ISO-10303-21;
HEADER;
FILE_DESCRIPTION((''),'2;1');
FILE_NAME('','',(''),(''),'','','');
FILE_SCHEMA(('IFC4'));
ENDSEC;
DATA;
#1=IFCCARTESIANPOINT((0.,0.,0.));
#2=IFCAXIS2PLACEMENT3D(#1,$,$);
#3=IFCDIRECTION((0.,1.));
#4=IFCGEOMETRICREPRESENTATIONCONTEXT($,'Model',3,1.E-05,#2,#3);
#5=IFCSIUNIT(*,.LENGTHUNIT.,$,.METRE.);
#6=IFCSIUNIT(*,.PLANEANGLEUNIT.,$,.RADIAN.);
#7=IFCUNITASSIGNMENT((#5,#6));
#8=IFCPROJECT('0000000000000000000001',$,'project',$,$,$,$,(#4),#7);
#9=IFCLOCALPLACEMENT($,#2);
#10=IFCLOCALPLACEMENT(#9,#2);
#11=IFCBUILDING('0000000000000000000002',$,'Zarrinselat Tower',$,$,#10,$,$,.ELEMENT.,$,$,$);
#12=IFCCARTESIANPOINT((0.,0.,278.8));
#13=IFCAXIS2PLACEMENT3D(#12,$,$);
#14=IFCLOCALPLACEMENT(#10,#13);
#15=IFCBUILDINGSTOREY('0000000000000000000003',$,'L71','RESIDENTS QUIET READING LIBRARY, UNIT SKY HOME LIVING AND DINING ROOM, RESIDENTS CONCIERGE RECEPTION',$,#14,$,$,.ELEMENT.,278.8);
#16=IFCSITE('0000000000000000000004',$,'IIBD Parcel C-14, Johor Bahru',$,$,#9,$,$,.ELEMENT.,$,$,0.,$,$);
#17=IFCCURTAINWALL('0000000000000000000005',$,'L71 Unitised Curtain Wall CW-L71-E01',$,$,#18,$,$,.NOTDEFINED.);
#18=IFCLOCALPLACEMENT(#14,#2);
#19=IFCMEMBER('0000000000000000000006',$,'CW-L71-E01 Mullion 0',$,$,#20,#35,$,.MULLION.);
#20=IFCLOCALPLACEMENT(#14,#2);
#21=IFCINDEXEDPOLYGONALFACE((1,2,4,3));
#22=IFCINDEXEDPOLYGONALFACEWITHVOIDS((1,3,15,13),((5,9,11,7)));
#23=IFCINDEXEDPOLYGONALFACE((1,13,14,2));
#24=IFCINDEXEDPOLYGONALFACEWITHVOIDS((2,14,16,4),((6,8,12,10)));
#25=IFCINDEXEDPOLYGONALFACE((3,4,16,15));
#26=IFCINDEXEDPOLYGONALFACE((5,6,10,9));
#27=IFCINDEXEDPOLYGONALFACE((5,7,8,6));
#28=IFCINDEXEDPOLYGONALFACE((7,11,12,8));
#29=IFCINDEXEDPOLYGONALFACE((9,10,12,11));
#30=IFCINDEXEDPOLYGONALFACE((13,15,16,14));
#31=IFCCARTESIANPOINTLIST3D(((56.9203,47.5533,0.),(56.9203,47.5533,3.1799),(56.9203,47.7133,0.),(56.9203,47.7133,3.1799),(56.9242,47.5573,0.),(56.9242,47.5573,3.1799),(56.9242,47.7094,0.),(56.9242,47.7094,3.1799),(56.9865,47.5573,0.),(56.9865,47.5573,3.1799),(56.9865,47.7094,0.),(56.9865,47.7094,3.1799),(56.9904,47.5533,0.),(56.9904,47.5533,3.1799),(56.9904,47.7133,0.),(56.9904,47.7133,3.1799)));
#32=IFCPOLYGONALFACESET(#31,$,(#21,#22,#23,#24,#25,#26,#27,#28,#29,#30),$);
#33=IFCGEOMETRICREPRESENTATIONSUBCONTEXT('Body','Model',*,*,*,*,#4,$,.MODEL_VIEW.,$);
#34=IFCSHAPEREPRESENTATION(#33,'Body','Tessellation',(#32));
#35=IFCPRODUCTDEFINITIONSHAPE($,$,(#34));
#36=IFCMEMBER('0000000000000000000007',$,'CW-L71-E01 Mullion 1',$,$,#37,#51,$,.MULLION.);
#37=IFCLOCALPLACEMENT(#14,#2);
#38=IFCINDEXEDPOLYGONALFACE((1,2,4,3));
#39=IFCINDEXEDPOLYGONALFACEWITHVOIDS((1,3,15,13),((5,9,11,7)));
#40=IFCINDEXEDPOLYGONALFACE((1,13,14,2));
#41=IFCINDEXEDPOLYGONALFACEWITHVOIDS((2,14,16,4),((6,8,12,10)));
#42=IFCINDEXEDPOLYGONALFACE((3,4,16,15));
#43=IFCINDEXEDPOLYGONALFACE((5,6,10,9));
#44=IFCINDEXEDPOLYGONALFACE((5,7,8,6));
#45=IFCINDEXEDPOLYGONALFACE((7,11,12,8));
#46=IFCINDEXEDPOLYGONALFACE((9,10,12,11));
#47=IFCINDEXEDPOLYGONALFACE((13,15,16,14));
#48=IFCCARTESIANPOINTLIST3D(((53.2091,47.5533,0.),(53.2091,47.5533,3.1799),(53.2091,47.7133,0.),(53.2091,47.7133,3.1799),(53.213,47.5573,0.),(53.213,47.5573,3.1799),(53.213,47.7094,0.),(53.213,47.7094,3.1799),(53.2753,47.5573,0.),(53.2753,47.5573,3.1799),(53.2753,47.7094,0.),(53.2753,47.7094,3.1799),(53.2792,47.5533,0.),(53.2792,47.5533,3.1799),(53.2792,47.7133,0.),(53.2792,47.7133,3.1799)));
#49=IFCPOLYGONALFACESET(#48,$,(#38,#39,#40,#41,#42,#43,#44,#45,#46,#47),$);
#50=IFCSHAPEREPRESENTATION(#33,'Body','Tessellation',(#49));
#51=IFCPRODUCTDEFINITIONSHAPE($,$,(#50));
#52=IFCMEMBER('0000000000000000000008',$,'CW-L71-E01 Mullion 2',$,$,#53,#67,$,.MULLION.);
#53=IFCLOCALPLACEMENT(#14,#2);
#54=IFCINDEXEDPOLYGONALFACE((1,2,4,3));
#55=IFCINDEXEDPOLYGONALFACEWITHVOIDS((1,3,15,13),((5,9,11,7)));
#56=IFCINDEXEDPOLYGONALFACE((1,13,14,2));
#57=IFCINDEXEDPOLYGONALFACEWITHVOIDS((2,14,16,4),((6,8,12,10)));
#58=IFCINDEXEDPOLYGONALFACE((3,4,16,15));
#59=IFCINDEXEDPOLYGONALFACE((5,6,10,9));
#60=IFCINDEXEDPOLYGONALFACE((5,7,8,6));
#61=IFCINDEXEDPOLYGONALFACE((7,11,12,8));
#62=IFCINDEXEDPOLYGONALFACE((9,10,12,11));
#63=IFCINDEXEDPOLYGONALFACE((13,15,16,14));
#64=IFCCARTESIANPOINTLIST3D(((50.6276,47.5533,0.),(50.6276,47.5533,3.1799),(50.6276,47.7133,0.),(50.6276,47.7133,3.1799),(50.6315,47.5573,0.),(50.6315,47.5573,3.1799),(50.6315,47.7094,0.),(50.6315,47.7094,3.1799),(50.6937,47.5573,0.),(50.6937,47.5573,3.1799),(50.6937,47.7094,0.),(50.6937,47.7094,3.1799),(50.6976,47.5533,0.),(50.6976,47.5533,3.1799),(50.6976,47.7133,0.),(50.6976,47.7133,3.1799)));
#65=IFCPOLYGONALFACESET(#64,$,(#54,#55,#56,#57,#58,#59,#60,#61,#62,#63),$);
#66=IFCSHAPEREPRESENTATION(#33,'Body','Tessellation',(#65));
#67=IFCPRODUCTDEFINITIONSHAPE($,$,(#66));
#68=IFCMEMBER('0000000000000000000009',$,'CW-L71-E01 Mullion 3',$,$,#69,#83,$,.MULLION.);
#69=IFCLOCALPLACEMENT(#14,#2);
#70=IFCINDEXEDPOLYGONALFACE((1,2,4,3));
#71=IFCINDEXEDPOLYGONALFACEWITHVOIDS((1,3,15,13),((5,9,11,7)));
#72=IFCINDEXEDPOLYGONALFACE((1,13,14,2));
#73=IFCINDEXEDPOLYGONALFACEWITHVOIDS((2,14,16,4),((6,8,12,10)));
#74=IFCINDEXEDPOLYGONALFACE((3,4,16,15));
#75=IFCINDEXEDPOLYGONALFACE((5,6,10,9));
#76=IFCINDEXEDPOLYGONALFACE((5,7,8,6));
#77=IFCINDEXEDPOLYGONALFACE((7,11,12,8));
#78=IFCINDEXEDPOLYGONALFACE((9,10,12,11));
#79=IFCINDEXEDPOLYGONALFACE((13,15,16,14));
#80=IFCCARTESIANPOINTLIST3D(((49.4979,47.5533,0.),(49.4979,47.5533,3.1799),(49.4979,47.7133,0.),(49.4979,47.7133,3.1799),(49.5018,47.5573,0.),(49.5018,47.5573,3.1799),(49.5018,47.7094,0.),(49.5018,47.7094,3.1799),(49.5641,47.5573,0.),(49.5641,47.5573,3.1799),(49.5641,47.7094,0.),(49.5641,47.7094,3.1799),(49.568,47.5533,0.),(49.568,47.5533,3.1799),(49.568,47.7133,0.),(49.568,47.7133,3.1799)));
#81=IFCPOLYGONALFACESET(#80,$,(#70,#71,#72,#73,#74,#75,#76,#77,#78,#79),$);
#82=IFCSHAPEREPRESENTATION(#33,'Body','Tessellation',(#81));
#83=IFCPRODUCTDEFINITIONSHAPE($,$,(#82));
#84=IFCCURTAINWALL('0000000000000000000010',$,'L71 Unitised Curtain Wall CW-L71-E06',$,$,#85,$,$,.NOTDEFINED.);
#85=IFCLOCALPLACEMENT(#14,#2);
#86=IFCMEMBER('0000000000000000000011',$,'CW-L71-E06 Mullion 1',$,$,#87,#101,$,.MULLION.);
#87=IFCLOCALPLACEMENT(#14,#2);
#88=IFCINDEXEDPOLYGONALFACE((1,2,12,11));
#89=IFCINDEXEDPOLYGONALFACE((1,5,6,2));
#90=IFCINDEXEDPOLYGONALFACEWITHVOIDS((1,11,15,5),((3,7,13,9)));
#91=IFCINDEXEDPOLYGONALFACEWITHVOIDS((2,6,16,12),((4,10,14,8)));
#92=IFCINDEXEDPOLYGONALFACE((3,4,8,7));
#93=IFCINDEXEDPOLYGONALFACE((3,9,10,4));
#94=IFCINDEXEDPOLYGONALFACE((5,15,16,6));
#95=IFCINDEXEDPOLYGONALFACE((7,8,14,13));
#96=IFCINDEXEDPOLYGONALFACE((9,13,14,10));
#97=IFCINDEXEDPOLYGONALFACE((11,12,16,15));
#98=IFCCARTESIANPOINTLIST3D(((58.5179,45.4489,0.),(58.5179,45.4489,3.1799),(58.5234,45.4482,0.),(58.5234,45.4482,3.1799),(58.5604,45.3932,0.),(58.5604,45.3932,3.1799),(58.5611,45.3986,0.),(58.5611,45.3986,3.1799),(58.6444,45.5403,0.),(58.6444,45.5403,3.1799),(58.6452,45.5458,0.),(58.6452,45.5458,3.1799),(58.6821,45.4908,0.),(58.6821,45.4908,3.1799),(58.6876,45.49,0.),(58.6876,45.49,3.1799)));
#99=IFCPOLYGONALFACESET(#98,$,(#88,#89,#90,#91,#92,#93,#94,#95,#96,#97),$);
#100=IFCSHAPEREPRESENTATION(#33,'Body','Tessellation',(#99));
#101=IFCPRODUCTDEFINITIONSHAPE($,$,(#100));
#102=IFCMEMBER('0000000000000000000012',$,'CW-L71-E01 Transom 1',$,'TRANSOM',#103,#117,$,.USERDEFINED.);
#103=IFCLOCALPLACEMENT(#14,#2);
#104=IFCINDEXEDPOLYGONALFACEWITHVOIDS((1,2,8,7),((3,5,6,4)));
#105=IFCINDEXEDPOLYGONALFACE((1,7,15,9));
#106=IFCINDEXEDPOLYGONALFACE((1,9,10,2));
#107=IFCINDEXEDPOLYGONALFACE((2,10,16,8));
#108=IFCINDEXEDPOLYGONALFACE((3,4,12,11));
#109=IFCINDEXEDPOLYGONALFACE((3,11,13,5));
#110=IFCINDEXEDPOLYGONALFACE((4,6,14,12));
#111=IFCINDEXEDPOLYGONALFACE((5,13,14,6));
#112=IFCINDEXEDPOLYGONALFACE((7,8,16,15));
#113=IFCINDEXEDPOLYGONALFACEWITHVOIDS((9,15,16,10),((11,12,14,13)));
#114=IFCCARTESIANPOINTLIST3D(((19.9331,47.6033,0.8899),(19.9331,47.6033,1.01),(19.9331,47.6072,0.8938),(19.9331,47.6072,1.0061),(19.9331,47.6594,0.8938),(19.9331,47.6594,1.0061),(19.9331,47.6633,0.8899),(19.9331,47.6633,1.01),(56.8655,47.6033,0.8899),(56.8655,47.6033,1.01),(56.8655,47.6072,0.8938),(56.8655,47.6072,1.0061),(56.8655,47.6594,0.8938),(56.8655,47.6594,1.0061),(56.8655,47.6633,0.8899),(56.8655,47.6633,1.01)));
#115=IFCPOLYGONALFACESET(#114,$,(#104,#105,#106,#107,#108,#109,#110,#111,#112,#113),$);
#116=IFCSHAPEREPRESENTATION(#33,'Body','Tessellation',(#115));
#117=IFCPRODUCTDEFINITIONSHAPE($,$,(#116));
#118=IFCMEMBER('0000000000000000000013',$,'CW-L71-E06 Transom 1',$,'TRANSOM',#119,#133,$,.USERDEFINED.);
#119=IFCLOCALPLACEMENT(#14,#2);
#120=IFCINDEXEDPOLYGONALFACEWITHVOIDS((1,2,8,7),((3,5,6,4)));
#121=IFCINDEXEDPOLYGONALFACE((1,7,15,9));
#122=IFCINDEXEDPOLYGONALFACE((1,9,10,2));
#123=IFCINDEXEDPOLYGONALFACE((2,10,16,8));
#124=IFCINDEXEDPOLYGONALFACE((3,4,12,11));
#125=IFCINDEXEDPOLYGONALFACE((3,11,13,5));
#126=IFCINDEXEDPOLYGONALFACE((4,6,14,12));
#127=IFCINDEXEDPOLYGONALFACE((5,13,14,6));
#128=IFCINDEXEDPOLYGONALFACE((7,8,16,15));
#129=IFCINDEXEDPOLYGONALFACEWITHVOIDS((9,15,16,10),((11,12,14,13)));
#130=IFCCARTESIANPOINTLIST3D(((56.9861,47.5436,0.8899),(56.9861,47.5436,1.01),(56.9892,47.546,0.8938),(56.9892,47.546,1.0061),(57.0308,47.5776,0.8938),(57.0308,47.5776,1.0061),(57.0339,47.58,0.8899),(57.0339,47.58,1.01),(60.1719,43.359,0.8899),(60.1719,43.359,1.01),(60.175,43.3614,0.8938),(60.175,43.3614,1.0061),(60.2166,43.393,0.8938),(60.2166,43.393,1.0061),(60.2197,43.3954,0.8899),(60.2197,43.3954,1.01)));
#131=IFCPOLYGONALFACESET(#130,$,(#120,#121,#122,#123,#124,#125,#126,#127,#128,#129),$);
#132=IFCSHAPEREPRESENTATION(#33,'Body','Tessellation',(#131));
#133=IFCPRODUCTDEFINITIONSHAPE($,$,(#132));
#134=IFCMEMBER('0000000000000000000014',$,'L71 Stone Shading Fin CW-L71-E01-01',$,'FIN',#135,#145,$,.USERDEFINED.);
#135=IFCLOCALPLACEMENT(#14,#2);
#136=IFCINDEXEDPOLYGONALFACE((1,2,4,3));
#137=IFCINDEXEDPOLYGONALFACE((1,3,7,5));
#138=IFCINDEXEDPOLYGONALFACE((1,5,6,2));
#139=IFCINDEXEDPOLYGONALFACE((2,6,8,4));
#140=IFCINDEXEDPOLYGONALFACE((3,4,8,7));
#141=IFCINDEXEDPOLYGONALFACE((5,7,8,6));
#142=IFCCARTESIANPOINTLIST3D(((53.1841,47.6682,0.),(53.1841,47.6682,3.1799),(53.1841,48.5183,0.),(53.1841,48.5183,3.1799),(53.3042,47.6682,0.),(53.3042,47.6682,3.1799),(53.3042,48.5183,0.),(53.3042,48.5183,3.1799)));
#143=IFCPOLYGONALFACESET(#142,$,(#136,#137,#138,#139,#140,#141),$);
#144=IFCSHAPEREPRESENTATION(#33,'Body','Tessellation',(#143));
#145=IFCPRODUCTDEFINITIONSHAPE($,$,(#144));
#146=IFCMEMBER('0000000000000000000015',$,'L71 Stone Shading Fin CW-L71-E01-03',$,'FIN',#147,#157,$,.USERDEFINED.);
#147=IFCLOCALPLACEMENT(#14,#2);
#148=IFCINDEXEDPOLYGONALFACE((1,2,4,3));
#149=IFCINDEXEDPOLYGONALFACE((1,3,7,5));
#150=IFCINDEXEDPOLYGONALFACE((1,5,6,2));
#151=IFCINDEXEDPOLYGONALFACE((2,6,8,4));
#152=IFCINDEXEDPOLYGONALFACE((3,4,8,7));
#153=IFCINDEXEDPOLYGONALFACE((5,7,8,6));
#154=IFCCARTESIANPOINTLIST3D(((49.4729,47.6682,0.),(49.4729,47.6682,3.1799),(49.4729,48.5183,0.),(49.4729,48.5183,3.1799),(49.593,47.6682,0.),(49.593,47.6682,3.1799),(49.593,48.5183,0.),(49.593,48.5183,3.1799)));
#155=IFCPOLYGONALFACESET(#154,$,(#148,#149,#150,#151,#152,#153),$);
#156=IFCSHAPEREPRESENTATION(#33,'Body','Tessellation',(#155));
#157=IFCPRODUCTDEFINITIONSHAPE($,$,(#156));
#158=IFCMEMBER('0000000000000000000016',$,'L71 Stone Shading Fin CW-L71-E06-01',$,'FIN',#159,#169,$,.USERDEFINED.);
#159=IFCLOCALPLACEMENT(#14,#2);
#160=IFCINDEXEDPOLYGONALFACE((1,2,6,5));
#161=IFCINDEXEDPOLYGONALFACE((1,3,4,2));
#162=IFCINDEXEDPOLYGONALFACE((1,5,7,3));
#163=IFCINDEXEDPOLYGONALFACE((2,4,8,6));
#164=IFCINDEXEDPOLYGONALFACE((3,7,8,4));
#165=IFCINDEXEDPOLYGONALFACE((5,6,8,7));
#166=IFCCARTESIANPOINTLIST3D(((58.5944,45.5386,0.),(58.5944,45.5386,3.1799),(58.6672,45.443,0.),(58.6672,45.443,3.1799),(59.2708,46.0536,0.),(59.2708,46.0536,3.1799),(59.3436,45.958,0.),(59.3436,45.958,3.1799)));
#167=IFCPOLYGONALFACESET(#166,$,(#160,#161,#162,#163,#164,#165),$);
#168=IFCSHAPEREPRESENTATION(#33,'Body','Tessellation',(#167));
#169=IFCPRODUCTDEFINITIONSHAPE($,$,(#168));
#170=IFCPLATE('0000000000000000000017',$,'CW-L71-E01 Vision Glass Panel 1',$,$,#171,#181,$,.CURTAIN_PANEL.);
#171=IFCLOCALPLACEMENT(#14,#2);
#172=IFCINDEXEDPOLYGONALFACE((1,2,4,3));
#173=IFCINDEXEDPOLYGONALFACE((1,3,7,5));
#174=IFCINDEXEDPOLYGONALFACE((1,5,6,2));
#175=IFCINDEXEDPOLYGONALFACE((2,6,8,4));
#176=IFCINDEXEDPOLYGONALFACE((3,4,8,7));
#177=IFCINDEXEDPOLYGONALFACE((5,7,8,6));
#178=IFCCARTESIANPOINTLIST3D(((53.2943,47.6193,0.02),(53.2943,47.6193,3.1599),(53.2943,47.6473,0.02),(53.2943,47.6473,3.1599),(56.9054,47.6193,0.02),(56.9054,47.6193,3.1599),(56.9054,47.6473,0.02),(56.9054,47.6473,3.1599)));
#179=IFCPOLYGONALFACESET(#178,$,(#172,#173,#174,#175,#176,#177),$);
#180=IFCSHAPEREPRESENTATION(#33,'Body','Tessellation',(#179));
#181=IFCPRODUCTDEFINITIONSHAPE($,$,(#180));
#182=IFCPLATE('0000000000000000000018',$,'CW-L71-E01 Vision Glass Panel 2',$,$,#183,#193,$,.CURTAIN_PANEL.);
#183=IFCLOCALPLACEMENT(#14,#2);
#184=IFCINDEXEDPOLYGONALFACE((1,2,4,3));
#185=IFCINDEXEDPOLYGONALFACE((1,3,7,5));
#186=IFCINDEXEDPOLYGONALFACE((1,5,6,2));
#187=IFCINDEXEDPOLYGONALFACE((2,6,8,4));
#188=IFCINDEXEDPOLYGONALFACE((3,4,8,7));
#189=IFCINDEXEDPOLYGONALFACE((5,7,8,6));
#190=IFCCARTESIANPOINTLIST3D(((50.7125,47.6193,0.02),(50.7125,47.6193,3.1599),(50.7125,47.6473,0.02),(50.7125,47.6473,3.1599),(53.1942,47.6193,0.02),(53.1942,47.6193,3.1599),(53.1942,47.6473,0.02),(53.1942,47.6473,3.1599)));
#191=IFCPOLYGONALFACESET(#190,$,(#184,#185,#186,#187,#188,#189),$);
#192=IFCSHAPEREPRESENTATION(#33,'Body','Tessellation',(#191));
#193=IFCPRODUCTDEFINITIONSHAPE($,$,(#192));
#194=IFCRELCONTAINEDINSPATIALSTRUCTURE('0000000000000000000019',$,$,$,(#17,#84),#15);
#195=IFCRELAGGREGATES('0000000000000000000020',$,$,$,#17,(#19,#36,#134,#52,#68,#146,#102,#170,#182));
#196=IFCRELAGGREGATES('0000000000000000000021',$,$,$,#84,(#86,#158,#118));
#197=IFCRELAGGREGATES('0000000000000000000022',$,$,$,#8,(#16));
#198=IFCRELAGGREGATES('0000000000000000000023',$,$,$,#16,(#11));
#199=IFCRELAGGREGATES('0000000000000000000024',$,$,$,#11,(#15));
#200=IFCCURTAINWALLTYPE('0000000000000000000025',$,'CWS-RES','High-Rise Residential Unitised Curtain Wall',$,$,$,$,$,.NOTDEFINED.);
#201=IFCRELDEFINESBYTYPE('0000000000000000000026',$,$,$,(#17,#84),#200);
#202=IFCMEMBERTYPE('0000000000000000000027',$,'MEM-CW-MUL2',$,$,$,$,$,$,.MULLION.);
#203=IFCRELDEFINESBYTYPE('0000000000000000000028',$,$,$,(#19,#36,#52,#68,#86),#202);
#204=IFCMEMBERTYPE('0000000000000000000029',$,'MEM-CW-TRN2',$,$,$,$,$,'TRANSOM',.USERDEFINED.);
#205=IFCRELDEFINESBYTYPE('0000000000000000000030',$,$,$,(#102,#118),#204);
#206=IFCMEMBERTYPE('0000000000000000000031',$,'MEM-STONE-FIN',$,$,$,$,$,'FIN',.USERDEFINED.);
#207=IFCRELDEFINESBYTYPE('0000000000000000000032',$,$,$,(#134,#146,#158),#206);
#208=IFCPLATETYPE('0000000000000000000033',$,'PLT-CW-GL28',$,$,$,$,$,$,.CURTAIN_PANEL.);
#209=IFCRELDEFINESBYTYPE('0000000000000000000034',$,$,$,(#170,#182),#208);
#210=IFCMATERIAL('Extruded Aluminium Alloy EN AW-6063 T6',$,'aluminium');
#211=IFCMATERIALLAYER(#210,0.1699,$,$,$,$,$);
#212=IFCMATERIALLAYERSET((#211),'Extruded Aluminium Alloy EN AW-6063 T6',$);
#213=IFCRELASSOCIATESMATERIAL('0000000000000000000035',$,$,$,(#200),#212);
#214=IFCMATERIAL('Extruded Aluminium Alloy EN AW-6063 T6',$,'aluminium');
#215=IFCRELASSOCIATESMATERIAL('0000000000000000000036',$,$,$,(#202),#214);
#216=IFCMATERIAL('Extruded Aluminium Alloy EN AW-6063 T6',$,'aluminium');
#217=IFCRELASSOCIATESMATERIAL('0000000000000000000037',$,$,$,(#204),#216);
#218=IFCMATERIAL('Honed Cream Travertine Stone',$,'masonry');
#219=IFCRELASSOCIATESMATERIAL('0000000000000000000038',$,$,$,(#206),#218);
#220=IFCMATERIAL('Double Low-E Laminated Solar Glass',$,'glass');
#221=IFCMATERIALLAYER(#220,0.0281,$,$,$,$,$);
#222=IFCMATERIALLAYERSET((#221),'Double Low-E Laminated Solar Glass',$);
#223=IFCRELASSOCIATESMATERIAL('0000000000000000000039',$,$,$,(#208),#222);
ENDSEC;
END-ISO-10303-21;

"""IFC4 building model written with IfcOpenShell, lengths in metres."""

from ifc_helpers import new_model, si_unit, direction, frame, origin, origin_2d, place, context, subcontext, project, spatial, rectangle, hollow_rectangle, extrude, material, layer, layer_set, material_profile, profile_set, type_object, element, aggregate, save


model = new_model("IFC4")

# Units and contexts
model_context = context("Model", 3, precision=1e-05, world=origin(), true_north=direction((0.0, 1.0)))
body_context = subcontext(model_context, "Body", "Model", "MODEL_VIEW")
ifc_project = project(units=[si_unit("LENGTHUNIT", "METRE"), si_unit("PLANEANGLEUNIT", "RADIAN")], contexts=[model_context])

# Site, building, storey
site_placement = place(None, origin())
site = spatial("IfcSite", under=ifc_project, at=site_placement, Name="IIBD Parcel C-14, Johor Bahru", CompositionType="ELEMENT", RefElevation=0.0)
building_placement = place(site_placement, origin())
building = spatial("IfcBuilding", under=site, at=building_placement, Name="Zarrinselat Tower", CompositionType="ELEMENT")
storey_placement = place(building_placement, frame((0.0, 0.0, 278.8)))
storey = spatial("IfcBuildingStorey", under=building, at=storey_placement, Name="L71", Description="RESIDENTS QUIET READING LIBRARY, UNIT SKY HOME LIVING AND DINING ROOM, RESIDENTS CONCIERGE RECEPTION", CompositionType="ELEMENT", Elevation=278.8)

# Curtain wall, members
ifc_material_1 = material(Name="Extruded Aluminium Alloy EN AW-6063 T6", Category="aluminium")
ifc_layer_1 = layer(ifc_material_1, 0.1699)
ifc_layer_set_1 = layer_set([ifc_layer_1], Name="Extruded Aluminium Alloy EN AW-6063 T6")
curtain_wall_type_1 = type_object("IfcCurtainWallType", Name="CWS-RES", Description="High-Rise Residential Unitised Curtain Wall", PredefinedType="NOTDEFINED", material=ifc_layer_set_1)
curtain_wall_1_placement = place(storey_placement, origin())
curtain_wall_1 = element("IfcCurtainWall", 1, at=curtain_wall_1_placement, inside=storey, type_object=curtain_wall_type_1, Name="L71 Unitised Curtain Wall CW-L71-E01", PredefinedType="NOTDEFINED")
ifc_material_2 = material(Name="Extruded Aluminium Alloy EN AW-6063 T6", Category="aluminium")
ifc_material_profile_1 = material_profile(ifc_material_2, hollow_rectangle(XDim=0.0701, YDim=0.1599, WallThickness=0.0039, at=origin_2d()), Name="RHS 160x70x4")
ifc_profile_set_1 = profile_set([ifc_material_profile_1], Name="Extruded Aluminium Alloy EN AW-6063 T6")
member_type_1 = type_object("IfcMemberType", Name="MEM-CW-MUL2", PredefinedType="MULLION", material=ifc_profile_set_1)
member_1_placement = place(storey_placement, frame((56.9553, 47.6333, 0.0), z_axis=(0.0, 0.0, 1.0), x_axis=(-1.0, 0.0, 0.0)))
member_1 = element("IfcMember", 2, at=member_1_placement, type_object=member_type_1, Name="CW-L71-E01 Mullion 0", PredefinedType="MULLION", context=body_context, shape_type="SweptSolid", body=[
    extrude(hollow_rectangle(XDim=0.0701, YDim=0.1599, WallThickness=0.0039, at=origin_2d()), origin(), (0.0, 0.0, 1.0), 3.1799),
])
member_2_placement = place(storey_placement, frame((53.2441, 47.6333, 0.0), z_axis=(0.0, 0.0, 1.0), x_axis=(-1.0, 0.0, 0.0)))
member_2 = element("IfcMember", 3, at=member_2_placement, type_object=member_type_1, Name="CW-L71-E01 Mullion 1", PredefinedType="MULLION", context=body_context, shape_type="SweptSolid", body=[
    extrude(hollow_rectangle(XDim=0.0701, YDim=0.1599, WallThickness=0.0039, at=origin_2d()), origin(), (0.0, 0.0, 1.0), 3.1799),
])
member_3_placement = place(storey_placement, frame((50.6626, 47.6333, 0.0), z_axis=(0.0, 0.0, 1.0), x_axis=(-1.0, 0.0, 0.0)))
member_3 = element("IfcMember", 4, at=member_3_placement, type_object=member_type_1, Name="CW-L71-E01 Mullion 2", PredefinedType="MULLION", context=body_context, shape_type="SweptSolid", body=[
    extrude(hollow_rectangle(XDim=0.0701, YDim=0.1599, WallThickness=0.0039, at=origin_2d()), origin(), (0.0, 0.0, 1.0), 3.1799),
])
member_4_placement = place(storey_placement, frame((49.533, 47.6333, 0.0), z_axis=(0.0, 0.0, 1.0), x_axis=(-1.0, 0.0, 0.0)))
member_4 = element("IfcMember", 5, at=member_4_placement, type_object=member_type_1, Name="CW-L71-E01 Mullion 3", PredefinedType="MULLION", context=body_context, shape_type="SweptSolid", body=[
    extrude(hollow_rectangle(XDim=0.0701, YDim=0.1599, WallThickness=0.0039, at=origin_2d()), origin(), (0.0, 0.0, 1.0), 3.1799),
])

# Curtain wall, member
curtain_wall_2_placement = place(storey_placement, origin())
curtain_wall_2 = element("IfcCurtainWall", 6, at=curtain_wall_2_placement, inside=storey, type_object=curtain_wall_type_1, Name="L71 Unitised Curtain Wall CW-L71-E06", PredefinedType="NOTDEFINED")
member_5_placement = place(storey_placement, frame((58.6028, 45.4695, 0.0), z_axis=(0.0, 0.0, 1.0), x_axis=(-0.605773, 0.795637, 0.0)))
member_5 = element("IfcMember", 7, at=member_5_placement, type_object=member_type_1, Name="CW-L71-E06 Mullion 1", PredefinedType="MULLION", context=body_context, shape_type="SweptSolid", body=[
    extrude(hollow_rectangle(XDim=0.0701, YDim=0.1599, WallThickness=0.0039, at=origin_2d()), origin(), (0.0, 0.0, 1.0), 3.1799),
])

# Members
ifc_material_3 = material(Name="Extruded Aluminium Alloy EN AW-6063 T6", Category="aluminium")
ifc_material_profile_2 = material_profile(ifc_material_3, hollow_rectangle(XDim=0.0601, YDim=0.1201, WallThickness=0.0039, at=origin_2d()), Name="RHS 120x60x4")
ifc_profile_set_2 = profile_set([ifc_material_profile_2], Name="Extruded Aluminium Alloy EN AW-6063 T6")
member_type_2 = type_object("IfcMemberType", Name="MEM-CW-TRN2", ElementType="TRANSOM", PredefinedType="USERDEFINED", material=ifc_profile_set_2)
member_6_placement = place(storey_placement, frame((56.8655, 47.6333, 0.95), z_axis=(-1.0, 0.0, 0.0), x_axis=(0.0, -1.0, 0.0)))
member_6 = element("IfcMember", 8, at=member_6_placement, type_object=member_type_2, Name="CW-L71-E01 Transom 1", ObjectType="TRANSOM", PredefinedType="USERDEFINED", context=body_context, shape_type="SweptSolid", body=[
    extrude(hollow_rectangle(XDim=0.0601, YDim=0.1201, WallThickness=0.0039, at=origin_2d()), origin(), (0.0, 0.0, 1.0), 36.9324),
])
member_7_placement = place(storey_placement, frame((60.1958, 43.3772, 0.95), z_axis=(-0.605748, 0.795657, 0.0), x_axis=(-0.795657, -0.605748, 0.0)))
member_7 = element("IfcMember", 9, at=member_7_placement, type_object=member_type_2, Name="CW-L71-E06 Transom 1", ObjectType="TRANSOM", PredefinedType="USERDEFINED", context=body_context, shape_type="SweptSolid", body=[
    extrude(hollow_rectangle(XDim=0.0601, YDim=0.1201, WallThickness=0.0039, at=origin_2d()), origin(), (0.0, 0.0, 1.0), 5.2593),
])
ifc_material_4 = material(Name="Honed Cream Travertine Stone", Category="masonry")
ifc_material_profile_3 = material_profile(ifc_material_4, rectangle(XDim=0.1201, YDim=0.8501, at=origin_2d()), Name="FIN 850x120")
ifc_profile_set_3 = profile_set([ifc_material_profile_3], Name="Honed Cream Travertine Stone")
member_type_3 = type_object("IfcMemberType", Name="MEM-STONE-FIN", ElementType="FIN", PredefinedType="USERDEFINED", material=ifc_profile_set_3)
member_8_placement = place(storey_placement, frame((53.2441, 48.0933, 0.0), z_axis=(0.0, 0.0, 1.0), x_axis=(1.0, 0.0, 0.0)))
member_8 = element("IfcMember", 10, at=member_8_placement, type_object=member_type_3, Name="L71 Stone Shading Fin CW-L71-E01-01", ObjectType="FIN", PredefinedType="USERDEFINED", context=body_context, shape_type="SweptSolid", body=[
    extrude(rectangle(XDim=0.1201, YDim=0.8501, at=origin_2d()), origin(), (0.0, 0.0, 1.0), 3.1799),
])
member_9_placement = place(storey_placement, frame((49.533, 48.0933, 0.0), z_axis=(0.0, 0.0, 1.0), x_axis=(1.0, 0.0, 0.0)))
member_9 = element("IfcMember", 11, at=member_9_placement, type_object=member_type_3, Name="L71 Stone Shading Fin CW-L71-E01-03", ObjectType="FIN", PredefinedType="USERDEFINED", context=body_context, shape_type="SweptSolid", body=[
    extrude(rectangle(XDim=0.1201, YDim=0.8501, at=origin_2d()), origin(), (0.0, 0.0, 1.0), 3.1799),
])
member_10_placement = place(storey_placement, frame((58.969, 45.7483, 0.0), z_axis=(0.0, 0.0, 1.0), x_axis=(0.605773, -0.795637, 0.0)))
member_10 = element("IfcMember", 12, at=member_10_placement, type_object=member_type_3, Name="L71 Stone Shading Fin CW-L71-E06-01", ObjectType="FIN", PredefinedType="USERDEFINED", context=body_context, shape_type="SweptSolid", body=[
    extrude(rectangle(XDim=0.1201, YDim=0.8501, at=origin_2d()), origin(), (0.0, 0.0, 1.0), 3.1799),
])

# Plates
ifc_material_5 = material(Name="Double Low-E Laminated Solar Glass", Category="glass")
ifc_layer_2 = layer(ifc_material_5, 0.0281)
ifc_layer_set_2 = layer_set([ifc_layer_2], Name="Double Low-E Laminated Solar Glass")
plate_type = type_object("IfcPlateType", Name="PLT-CW-GL28", PredefinedType="CURTAIN_PANEL", material=ifc_layer_set_2)
plate_1_placement = place(storey_placement, frame((55.0999, 47.6333, 0.02), z_axis=(0.0, 0.0, 1.0), x_axis=(-1.0, 0.0, 0.0)))
plate_1 = element("IfcPlate", 13, at=plate_1_placement, type_object=plate_type, Name="CW-L71-E01 Vision Glass Panel 1", PredefinedType="CURTAIN_PANEL", context=body_context, shape_type="SweptSolid", body=[
    extrude(rectangle(XDim=3.6111, YDim=0.0281, at=origin_2d()), origin(), (0.0, 0.0, 1.0), 3.1399),
])
plate_2_placement = place(storey_placement, frame((51.9534, 47.6333, 0.02), z_axis=(0.0, 0.0, 1.0), x_axis=(-1.0, 0.0, 0.0)))
plate_2 = element("IfcPlate", 14, at=plate_2_placement, type_object=plate_type, Name="CW-L71-E01 Vision Glass Panel 2", PredefinedType="CURTAIN_PANEL", context=body_context, shape_type="SweptSolid", body=[
    extrude(rectangle(XDim=2.4817, YDim=0.0281, at=origin_2d()), origin(), (0.0, 0.0, 1.0), 3.1399),
])
aggregate(curtain_wall_1, [member_1, member_2, member_8, member_3, member_4, member_9, member_6, plate_1, plate_2])
aggregate(curtain_wall_2, [member_5, member_10, member_7])

save(model, "model.ifc")
